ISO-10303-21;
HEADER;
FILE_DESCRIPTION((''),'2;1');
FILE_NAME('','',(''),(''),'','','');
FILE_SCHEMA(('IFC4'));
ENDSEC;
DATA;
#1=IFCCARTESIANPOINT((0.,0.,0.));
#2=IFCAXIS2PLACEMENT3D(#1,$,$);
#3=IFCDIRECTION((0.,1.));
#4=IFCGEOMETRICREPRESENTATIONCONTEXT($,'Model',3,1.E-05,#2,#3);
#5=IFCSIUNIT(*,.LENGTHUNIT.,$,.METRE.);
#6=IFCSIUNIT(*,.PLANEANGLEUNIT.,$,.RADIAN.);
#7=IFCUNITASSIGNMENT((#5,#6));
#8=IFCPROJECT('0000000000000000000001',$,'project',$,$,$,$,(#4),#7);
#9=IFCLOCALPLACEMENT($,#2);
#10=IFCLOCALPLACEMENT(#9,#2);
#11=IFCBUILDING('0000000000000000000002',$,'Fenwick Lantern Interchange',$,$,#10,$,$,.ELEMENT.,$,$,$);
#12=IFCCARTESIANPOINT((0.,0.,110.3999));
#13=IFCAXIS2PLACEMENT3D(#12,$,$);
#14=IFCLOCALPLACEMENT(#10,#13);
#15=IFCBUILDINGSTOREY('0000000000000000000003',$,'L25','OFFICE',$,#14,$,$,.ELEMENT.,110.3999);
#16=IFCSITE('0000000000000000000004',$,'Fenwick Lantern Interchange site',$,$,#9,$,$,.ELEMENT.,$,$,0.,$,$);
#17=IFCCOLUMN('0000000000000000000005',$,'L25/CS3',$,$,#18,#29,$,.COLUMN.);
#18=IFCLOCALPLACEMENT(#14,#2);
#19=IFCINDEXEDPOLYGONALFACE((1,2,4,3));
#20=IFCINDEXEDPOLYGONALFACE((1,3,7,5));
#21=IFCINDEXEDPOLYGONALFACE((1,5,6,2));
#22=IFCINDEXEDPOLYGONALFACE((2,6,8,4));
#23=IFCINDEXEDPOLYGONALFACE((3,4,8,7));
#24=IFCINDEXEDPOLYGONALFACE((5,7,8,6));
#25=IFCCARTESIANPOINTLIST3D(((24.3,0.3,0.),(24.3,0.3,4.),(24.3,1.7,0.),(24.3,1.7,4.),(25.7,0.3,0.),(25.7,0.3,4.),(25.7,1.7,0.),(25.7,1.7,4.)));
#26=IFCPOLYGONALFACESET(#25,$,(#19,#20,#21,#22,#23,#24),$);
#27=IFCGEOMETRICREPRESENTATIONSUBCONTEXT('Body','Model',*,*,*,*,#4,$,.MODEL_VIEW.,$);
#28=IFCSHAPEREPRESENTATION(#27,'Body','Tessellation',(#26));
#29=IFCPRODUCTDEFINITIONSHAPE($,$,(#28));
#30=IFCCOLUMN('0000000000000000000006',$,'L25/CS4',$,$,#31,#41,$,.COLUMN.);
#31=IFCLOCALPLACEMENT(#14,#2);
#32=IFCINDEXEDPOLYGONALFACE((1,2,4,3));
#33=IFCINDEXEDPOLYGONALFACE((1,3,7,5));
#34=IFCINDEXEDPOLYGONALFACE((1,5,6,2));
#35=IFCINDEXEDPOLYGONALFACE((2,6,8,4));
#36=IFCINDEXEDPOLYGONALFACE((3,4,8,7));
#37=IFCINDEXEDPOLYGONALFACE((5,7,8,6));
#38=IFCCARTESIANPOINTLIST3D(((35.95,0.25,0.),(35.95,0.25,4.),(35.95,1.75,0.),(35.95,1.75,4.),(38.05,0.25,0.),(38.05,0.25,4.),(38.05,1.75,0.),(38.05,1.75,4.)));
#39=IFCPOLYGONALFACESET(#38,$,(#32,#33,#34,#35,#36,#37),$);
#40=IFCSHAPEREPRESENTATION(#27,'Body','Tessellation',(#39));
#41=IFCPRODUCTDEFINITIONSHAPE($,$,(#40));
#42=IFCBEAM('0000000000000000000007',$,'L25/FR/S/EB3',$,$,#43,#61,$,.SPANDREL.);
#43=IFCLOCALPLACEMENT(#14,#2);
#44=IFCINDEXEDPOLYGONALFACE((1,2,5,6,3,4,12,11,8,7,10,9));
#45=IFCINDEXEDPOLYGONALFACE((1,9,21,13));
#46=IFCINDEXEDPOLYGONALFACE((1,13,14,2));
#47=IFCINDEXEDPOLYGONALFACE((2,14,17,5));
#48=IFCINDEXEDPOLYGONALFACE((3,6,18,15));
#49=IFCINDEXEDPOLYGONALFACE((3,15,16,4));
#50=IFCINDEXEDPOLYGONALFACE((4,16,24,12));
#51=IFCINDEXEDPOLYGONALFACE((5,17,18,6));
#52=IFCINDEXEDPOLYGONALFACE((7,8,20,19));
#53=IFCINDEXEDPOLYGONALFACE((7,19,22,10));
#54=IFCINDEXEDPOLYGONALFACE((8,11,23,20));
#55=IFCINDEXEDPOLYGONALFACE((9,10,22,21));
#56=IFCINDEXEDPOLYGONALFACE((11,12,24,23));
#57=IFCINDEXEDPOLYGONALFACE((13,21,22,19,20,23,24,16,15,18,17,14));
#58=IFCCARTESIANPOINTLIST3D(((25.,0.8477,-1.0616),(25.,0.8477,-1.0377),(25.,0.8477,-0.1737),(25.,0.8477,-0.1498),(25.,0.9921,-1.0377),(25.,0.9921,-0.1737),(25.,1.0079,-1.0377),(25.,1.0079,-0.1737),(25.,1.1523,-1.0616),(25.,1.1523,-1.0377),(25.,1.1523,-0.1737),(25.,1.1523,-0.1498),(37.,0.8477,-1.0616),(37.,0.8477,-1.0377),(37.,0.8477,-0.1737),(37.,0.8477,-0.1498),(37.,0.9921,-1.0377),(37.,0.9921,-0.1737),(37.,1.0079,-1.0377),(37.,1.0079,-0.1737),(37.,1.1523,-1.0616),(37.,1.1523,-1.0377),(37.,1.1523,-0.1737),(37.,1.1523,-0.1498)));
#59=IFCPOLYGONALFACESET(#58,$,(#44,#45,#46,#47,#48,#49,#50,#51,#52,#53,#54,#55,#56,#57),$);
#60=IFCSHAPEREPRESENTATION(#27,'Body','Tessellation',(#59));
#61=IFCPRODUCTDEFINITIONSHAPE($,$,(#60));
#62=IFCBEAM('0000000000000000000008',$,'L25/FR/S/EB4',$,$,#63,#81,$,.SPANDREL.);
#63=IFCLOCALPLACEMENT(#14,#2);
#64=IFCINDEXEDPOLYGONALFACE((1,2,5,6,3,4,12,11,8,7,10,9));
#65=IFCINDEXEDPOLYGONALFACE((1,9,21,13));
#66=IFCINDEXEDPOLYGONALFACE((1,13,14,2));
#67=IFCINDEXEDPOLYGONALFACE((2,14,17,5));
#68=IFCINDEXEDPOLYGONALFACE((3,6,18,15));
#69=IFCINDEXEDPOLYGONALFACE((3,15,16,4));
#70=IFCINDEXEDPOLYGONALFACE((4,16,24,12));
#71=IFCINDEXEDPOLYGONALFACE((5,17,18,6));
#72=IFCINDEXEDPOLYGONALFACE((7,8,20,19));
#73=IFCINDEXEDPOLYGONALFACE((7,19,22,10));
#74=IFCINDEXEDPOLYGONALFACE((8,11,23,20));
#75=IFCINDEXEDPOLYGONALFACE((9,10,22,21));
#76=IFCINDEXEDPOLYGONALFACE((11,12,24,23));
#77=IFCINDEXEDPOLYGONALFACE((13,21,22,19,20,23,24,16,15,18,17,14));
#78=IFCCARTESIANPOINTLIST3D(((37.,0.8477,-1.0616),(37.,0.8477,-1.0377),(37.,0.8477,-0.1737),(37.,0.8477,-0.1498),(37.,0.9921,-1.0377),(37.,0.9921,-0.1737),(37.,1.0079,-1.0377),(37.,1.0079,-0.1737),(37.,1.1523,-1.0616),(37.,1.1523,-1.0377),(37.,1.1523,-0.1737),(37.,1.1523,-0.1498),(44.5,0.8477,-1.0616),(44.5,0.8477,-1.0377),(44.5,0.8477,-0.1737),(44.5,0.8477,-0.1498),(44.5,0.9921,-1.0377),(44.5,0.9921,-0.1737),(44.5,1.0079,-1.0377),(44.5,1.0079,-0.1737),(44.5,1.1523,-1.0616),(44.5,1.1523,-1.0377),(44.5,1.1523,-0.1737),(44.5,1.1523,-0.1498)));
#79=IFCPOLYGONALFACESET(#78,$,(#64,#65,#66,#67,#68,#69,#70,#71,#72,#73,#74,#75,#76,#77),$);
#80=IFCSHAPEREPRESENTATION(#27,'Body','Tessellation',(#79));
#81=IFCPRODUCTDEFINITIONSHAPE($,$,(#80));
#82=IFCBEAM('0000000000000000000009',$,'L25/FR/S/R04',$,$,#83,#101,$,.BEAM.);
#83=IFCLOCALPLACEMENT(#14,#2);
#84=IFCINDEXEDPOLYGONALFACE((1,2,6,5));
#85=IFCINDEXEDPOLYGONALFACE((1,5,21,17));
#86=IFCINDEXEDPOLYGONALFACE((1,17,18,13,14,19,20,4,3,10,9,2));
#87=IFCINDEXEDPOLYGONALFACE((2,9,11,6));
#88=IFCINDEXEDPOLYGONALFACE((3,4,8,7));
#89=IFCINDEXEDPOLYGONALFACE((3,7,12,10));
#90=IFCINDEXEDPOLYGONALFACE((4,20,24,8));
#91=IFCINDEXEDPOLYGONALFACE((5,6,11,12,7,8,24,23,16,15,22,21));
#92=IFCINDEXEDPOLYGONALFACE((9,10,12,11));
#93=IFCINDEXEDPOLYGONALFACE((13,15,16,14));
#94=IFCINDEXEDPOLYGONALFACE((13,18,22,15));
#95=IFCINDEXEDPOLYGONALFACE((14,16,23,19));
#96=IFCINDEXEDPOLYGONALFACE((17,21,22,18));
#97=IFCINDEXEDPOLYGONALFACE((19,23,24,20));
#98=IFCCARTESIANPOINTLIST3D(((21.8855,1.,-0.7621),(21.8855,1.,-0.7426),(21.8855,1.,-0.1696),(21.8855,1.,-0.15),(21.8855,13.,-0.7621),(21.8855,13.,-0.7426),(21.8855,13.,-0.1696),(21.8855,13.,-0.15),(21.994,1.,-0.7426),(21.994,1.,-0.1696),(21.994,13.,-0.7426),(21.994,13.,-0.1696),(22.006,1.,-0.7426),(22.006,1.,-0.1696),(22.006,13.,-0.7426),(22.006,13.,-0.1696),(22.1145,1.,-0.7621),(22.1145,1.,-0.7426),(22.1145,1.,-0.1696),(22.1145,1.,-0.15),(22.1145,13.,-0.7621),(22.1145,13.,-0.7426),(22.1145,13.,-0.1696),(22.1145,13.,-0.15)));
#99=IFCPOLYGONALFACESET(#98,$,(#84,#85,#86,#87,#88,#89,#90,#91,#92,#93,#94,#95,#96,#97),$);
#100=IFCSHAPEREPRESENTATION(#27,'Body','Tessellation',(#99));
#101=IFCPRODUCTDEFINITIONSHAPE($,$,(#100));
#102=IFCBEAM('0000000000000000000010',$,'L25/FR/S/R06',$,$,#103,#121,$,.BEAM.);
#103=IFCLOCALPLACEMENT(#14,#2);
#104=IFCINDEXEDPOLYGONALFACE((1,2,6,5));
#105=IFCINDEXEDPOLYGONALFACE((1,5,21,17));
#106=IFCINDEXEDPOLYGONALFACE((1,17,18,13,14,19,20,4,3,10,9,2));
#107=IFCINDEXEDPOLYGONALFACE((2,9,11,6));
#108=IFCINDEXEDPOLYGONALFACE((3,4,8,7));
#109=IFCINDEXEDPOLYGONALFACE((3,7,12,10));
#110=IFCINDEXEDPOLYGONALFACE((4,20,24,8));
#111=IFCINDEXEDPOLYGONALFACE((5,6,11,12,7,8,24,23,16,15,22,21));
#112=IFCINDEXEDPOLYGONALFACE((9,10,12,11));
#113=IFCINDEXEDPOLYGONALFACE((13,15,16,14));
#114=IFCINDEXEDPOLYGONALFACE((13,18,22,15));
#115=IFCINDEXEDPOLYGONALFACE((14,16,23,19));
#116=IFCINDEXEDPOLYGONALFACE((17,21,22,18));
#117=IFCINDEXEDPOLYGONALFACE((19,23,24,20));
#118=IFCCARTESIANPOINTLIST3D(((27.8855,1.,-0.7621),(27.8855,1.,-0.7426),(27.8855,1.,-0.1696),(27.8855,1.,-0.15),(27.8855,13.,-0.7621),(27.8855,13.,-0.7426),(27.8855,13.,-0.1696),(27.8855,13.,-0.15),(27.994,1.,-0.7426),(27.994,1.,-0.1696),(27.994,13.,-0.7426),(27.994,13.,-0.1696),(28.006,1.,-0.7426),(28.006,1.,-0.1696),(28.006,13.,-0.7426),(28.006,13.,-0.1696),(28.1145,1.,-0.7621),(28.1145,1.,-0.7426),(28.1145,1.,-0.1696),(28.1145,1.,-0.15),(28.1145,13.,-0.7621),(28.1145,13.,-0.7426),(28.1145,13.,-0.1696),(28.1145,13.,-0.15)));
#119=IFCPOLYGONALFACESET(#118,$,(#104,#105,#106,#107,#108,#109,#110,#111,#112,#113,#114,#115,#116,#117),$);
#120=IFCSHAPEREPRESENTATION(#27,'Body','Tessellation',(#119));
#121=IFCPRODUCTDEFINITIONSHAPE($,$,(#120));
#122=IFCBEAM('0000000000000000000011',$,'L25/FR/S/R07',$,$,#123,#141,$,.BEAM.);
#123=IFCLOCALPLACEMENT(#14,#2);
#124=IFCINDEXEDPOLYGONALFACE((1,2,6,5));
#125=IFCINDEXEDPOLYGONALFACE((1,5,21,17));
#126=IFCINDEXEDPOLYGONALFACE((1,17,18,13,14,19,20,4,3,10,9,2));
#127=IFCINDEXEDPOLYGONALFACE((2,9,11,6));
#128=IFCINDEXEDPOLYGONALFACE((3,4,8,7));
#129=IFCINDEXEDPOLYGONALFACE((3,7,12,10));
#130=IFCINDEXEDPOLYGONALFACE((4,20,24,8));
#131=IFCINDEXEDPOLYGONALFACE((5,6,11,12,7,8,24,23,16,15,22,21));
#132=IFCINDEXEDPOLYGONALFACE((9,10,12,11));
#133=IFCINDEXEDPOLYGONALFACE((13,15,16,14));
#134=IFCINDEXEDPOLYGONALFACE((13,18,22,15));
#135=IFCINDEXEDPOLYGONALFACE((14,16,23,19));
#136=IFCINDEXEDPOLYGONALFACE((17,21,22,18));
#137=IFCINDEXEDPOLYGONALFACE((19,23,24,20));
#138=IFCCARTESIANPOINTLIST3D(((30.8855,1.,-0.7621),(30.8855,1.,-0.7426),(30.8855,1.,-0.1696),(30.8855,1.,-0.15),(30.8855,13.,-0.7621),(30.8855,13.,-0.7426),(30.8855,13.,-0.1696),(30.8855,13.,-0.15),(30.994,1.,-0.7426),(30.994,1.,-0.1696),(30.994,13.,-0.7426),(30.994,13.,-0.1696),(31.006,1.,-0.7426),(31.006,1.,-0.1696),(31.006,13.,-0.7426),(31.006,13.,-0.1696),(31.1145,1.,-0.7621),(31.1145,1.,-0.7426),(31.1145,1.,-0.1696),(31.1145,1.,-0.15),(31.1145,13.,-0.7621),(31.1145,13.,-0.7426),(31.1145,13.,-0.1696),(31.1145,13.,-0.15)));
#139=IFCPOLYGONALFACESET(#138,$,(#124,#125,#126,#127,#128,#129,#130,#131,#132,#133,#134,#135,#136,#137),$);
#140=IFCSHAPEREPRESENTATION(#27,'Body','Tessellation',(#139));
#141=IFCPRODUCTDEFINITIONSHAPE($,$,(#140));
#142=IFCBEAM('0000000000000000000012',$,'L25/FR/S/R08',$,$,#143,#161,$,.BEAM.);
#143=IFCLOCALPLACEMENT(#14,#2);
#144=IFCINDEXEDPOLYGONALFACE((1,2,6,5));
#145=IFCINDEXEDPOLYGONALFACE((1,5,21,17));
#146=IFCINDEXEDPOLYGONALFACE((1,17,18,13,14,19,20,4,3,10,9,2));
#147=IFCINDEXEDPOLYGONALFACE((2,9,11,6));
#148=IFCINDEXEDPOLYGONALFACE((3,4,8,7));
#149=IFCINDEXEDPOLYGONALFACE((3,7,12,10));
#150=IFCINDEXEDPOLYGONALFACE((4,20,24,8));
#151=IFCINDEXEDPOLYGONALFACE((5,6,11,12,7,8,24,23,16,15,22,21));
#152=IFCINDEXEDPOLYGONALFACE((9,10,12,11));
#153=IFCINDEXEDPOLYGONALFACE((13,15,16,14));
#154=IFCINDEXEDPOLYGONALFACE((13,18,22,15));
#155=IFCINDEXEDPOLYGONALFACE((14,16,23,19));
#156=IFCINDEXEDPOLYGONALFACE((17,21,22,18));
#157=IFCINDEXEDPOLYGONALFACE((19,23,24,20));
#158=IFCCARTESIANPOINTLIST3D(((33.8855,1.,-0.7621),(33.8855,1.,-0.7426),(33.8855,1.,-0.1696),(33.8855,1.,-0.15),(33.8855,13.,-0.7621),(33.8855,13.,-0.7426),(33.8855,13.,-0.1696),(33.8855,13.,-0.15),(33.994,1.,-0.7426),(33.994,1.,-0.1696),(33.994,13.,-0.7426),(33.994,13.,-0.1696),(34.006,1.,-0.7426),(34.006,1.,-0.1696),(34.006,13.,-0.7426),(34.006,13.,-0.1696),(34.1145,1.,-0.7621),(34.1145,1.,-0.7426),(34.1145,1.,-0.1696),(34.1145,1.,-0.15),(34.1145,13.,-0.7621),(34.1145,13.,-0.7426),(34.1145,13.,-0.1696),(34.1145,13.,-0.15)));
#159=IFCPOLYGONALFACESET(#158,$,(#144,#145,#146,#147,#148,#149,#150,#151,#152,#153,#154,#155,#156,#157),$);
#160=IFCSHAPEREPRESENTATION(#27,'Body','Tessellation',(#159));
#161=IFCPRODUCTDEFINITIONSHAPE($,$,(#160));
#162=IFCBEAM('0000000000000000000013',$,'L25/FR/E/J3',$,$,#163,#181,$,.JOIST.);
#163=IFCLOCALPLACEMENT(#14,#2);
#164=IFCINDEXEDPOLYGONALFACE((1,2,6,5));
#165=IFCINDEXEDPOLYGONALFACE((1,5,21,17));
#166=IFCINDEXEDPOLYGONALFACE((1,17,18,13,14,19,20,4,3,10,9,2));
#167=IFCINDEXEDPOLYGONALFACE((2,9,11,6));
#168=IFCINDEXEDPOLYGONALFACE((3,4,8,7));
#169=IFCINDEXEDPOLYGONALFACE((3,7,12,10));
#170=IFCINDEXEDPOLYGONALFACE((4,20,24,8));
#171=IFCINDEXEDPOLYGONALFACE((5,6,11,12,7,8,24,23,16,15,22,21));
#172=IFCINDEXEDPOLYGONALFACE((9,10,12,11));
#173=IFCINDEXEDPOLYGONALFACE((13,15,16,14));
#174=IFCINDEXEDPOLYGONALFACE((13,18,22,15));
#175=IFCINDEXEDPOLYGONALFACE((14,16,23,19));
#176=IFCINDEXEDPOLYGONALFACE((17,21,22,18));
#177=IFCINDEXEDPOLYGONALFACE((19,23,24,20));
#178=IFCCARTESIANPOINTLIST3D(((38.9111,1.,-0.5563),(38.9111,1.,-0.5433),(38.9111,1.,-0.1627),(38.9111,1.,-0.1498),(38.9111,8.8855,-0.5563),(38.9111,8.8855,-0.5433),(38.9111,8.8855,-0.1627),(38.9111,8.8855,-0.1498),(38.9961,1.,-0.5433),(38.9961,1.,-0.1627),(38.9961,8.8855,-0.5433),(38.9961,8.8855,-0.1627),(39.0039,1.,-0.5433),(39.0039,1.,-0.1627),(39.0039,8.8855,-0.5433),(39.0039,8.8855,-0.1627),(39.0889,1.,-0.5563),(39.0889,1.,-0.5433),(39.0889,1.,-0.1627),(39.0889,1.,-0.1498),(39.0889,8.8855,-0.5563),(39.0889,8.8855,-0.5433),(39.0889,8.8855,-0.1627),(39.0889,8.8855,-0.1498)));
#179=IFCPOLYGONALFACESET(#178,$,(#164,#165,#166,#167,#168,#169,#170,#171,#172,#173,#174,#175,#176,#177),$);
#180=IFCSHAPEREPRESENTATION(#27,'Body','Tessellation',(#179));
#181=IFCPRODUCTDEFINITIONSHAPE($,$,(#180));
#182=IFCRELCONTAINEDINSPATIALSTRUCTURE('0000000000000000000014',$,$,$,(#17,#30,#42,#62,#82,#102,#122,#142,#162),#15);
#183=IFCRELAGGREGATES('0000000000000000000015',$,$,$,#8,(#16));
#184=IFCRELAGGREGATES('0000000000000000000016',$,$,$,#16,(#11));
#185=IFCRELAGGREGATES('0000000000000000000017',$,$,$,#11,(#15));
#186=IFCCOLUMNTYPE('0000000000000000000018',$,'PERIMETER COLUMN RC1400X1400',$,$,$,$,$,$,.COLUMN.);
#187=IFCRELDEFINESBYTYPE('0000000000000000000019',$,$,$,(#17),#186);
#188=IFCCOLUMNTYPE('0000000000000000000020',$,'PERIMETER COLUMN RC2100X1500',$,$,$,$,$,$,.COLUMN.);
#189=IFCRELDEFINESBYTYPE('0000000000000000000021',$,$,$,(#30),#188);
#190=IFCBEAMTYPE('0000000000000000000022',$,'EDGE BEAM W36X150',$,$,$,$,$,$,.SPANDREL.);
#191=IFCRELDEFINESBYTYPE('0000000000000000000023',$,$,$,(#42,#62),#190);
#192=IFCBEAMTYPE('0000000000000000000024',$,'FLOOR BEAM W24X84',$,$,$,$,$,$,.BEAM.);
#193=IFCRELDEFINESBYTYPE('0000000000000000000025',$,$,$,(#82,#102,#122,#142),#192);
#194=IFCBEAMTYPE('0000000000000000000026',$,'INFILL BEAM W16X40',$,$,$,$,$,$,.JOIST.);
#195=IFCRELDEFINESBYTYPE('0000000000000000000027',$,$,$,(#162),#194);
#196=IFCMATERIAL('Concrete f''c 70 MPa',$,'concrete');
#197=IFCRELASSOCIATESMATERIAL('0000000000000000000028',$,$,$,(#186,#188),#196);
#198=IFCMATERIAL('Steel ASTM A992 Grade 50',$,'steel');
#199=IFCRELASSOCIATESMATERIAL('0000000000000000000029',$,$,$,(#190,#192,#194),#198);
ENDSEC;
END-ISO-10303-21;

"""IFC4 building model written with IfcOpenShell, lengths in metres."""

from ifc_helpers import new_model, si_unit, direction, frame, origin, origin_2d, place, context, subcontext, project, spatial, rectangle, i_section, extrude, material, material_profile, profile_set, type_object, element, save


model = new_model("IFC4")

# Units and contexts
model_context = context("Model", 3, precision=1e-05, world=origin(), true_north=direction((0.0, 1.0)))
body_context = subcontext(model_context, "Body", "Model", "MODEL_VIEW")
ifc_project = project(units=[si_unit("LENGTHUNIT", "METRE"), si_unit("PLANEANGLEUNIT", "RADIAN")], contexts=[model_context])

# Site, building, storey
site_placement = place(None, origin())
site = spatial("IfcSite", under=ifc_project, at=site_placement, Name="Fenwick Lantern Interchange site", CompositionType="ELEMENT", RefElevation=0.0)
building_placement = place(site_placement, origin())
building = spatial("IfcBuilding", under=site, at=building_placement, Name="Fenwick Lantern Interchange", CompositionType="ELEMENT")
storey_placement = place(building_placement, frame((0.0, 0.0, 110.3999)))
storey = spatial("IfcBuildingStorey", under=building, at=storey_placement, Name="L25", Description="OFFICE", CompositionType="ELEMENT", Elevation=110.3999)

# Columns
ifc_material_1 = material(Name="Concrete f'c 70 MPa", Category="concrete")
ifc_material_profile_1 = material_profile(ifc_material_1, rectangle(XDim=1.3999, YDim=1.3999, at=origin_2d()), Name="RC1400X1400")
ifc_profile_set_1 = profile_set([ifc_material_profile_1], Name="Concrete f'c 70 MPa")
column_type_1 = type_object("IfcColumnType", Name="PERIMETER COLUMN RC1400X1400", PredefinedType="COLUMN", material=ifc_profile_set_1)
column_1_placement = place(storey_placement, frame((25.0, 1.0, 0.0), z_axis=(0.0, 0.0, 1.0), x_axis=(1.0, 0.0, 0.0)))
element("IfcColumn", 1, at=column_1_placement, inside=storey, type_object=column_type_1, Name="L25/CS3", PredefinedType="COLUMN", context=body_context, shape_type="SweptSolid", body=[
    extrude(rectangle(XDim=1.3999, YDim=1.3999, at=origin_2d()), origin(), (0.0, 0.0, 1.0), 4.0),
])
ifc_material_profile_2 = material_profile(ifc_material_1, rectangle(XDim=2.1001, YDim=1.5, at=origin_2d()), Name="RC2100X1500")
ifc_profile_set_2 = profile_set([ifc_material_profile_2], Name="Concrete f'c 70 MPa")
column_type_2 = type_object("IfcColumnType", Name="PERIMETER COLUMN RC2100X1500", PredefinedType="COLUMN", material=ifc_profile_set_2)
column_2_placement = place(storey_placement, frame((37.0, 1.0, 0.0), z_axis=(0.0, 0.0, 1.0), x_axis=(1.0, 0.0, 0.0)))
element("IfcColumn", 2, at=column_2_placement, inside=storey, type_object=column_type_2, Name="L25/CS4", PredefinedType="COLUMN", context=body_context, shape_type="SweptSolid", body=[
    extrude(rectangle(XDim=2.1001, YDim=1.5, at=origin_2d()), origin(), (0.0, 0.0, 1.0), 4.0),
])

# Beams
ifc_material_2 = material(Name="Steel ASTM A992 Grade 50", Category="steel")
ifc_material_profile_3 = material_profile(ifc_material_2, i_section(OverallWidth=0.3047, OverallDepth=0.9119, WebThickness=0.0159, FlangeThickness=0.0239, at=origin_2d()), Name="W36X150")
ifc_profile_set_3 = profile_set([ifc_material_profile_3], Name="Steel ASTM A992 Grade 50")
beam_type_1 = type_object("IfcBeamType", Name="EDGE BEAM W36X150", PredefinedType="SPANDREL", material=ifc_profile_set_3)
beam_1_placement = place(storey_placement, frame((25.0, 1.0, -0.6057), z_axis=(1.0, 0.0, 0.0), x_axis=(0.0, 1.0, 0.0)))
element("IfcBeam", 3, at=beam_1_placement, inside=storey, type_object=beam_type_1, Name="L25/FR/S/EB3", PredefinedType="SPANDREL", context=body_context, shape_type="SweptSolid", body=[
    extrude(i_section(OverallWidth=0.3047, OverallDepth=0.9119, WebThickness=0.0159, FlangeThickness=0.0239, at=origin_2d()), origin(), (0.0, 0.0, 1.0), 12.0),
])
beam_2_placement = place(storey_placement, frame((37.0, 1.0, -0.6057), z_axis=(1.0, 0.0, 0.0), x_axis=(0.0, 1.0, 0.0)))
element("IfcBeam", 4, at=beam_2_placement, inside=storey, type_object=beam_type_1, Name="L25/FR/S/EB4", PredefinedType="SPANDREL", context=body_context, shape_type="SweptSolid", body=[
    extrude(i_section(OverallWidth=0.3047, OverallDepth=0.9119, WebThickness=0.0159, FlangeThickness=0.0239, at=origin_2d()), origin(), (0.0, 0.0, 1.0), 7.5),
])
ifc_material_profile_4 = material_profile(ifc_material_2, i_section(OverallWidth=0.229, OverallDepth=0.6121, WebThickness=0.012, FlangeThickness=0.0195, at=origin_2d()), Name="W24X84")
ifc_profile_set_4 = profile_set([ifc_material_profile_4], Name="Steel ASTM A992 Grade 50")
beam_type_2 = type_object("IfcBeamType", Name="FLOOR BEAM W24X84", PredefinedType="BEAM", material=ifc_profile_set_4)
for number, where, z_axis, x_axis, name in (
    (5, (22.0, 1.0, -0.4561), (0.0, 1.0, 0.0), (-1.0, 0.0, 0.0), "L25/FR/S/R04"),
    (6, (28.0, 1.0, -0.4561), (0.0, 1.0, 0.0), (-1.0, 0.0, 0.0), "L25/FR/S/R06"),
    (7, (31.0, 1.0, -0.4561), (0.0, 1.0, 0.0), (-1.0, 0.0, 0.0), "L25/FR/S/R07"),
    (8, (34.0, 1.0, -0.4561), (0.0, 1.0, 0.0), (-1.0, 0.0, 0.0), "L25/FR/S/R08"),
):
    element("IfcBeam", number, at=place(storey_placement, frame(where, z_axis=z_axis, x_axis=x_axis)), inside=storey, type_object=beam_type_2, Name=name, PredefinedType="BEAM", context=body_context, shape_type="SweptSolid", body=[
        extrude(i_section(OverallWidth=0.229, OverallDepth=0.6121, WebThickness=0.012, FlangeThickness=0.0195, at=origin_2d()), origin(), (0.0, 0.0, 1.0), 12.0),
    ])
ifc_material_profile_5 = material_profile(ifc_material_2, i_section(OverallWidth=0.1777, OverallDepth=0.4065, WebThickness=0.0078, FlangeThickness=0.0129, at=origin_2d()), Name="W16X40")
ifc_profile_set_5 = profile_set([ifc_material_profile_5], Name="Steel ASTM A992 Grade 50")
beam_type_3 = type_object("IfcBeamType", Name="INFILL BEAM W16X40", PredefinedType="JOIST", material=ifc_profile_set_5)
beam_3_placement = place(storey_placement, frame((39.0, 1.0, -0.353), z_axis=(0.0, 1.0, 0.0), x_axis=(-1.0, 0.0, 0.0)))
element("IfcBeam", 9, at=beam_3_placement, inside=storey, type_object=beam_type_3, Name="L25/FR/E/J3", PredefinedType="JOIST", context=body_context, shape_type="SweptSolid", body=[
    extrude(i_section(OverallWidth=0.1777, OverallDepth=0.4065, WebThickness=0.0078, FlangeThickness=0.0129, at=origin_2d()), origin(), (0.0, 0.0, 1.0), 7.8855),
])

save(model, "model.ifc")
